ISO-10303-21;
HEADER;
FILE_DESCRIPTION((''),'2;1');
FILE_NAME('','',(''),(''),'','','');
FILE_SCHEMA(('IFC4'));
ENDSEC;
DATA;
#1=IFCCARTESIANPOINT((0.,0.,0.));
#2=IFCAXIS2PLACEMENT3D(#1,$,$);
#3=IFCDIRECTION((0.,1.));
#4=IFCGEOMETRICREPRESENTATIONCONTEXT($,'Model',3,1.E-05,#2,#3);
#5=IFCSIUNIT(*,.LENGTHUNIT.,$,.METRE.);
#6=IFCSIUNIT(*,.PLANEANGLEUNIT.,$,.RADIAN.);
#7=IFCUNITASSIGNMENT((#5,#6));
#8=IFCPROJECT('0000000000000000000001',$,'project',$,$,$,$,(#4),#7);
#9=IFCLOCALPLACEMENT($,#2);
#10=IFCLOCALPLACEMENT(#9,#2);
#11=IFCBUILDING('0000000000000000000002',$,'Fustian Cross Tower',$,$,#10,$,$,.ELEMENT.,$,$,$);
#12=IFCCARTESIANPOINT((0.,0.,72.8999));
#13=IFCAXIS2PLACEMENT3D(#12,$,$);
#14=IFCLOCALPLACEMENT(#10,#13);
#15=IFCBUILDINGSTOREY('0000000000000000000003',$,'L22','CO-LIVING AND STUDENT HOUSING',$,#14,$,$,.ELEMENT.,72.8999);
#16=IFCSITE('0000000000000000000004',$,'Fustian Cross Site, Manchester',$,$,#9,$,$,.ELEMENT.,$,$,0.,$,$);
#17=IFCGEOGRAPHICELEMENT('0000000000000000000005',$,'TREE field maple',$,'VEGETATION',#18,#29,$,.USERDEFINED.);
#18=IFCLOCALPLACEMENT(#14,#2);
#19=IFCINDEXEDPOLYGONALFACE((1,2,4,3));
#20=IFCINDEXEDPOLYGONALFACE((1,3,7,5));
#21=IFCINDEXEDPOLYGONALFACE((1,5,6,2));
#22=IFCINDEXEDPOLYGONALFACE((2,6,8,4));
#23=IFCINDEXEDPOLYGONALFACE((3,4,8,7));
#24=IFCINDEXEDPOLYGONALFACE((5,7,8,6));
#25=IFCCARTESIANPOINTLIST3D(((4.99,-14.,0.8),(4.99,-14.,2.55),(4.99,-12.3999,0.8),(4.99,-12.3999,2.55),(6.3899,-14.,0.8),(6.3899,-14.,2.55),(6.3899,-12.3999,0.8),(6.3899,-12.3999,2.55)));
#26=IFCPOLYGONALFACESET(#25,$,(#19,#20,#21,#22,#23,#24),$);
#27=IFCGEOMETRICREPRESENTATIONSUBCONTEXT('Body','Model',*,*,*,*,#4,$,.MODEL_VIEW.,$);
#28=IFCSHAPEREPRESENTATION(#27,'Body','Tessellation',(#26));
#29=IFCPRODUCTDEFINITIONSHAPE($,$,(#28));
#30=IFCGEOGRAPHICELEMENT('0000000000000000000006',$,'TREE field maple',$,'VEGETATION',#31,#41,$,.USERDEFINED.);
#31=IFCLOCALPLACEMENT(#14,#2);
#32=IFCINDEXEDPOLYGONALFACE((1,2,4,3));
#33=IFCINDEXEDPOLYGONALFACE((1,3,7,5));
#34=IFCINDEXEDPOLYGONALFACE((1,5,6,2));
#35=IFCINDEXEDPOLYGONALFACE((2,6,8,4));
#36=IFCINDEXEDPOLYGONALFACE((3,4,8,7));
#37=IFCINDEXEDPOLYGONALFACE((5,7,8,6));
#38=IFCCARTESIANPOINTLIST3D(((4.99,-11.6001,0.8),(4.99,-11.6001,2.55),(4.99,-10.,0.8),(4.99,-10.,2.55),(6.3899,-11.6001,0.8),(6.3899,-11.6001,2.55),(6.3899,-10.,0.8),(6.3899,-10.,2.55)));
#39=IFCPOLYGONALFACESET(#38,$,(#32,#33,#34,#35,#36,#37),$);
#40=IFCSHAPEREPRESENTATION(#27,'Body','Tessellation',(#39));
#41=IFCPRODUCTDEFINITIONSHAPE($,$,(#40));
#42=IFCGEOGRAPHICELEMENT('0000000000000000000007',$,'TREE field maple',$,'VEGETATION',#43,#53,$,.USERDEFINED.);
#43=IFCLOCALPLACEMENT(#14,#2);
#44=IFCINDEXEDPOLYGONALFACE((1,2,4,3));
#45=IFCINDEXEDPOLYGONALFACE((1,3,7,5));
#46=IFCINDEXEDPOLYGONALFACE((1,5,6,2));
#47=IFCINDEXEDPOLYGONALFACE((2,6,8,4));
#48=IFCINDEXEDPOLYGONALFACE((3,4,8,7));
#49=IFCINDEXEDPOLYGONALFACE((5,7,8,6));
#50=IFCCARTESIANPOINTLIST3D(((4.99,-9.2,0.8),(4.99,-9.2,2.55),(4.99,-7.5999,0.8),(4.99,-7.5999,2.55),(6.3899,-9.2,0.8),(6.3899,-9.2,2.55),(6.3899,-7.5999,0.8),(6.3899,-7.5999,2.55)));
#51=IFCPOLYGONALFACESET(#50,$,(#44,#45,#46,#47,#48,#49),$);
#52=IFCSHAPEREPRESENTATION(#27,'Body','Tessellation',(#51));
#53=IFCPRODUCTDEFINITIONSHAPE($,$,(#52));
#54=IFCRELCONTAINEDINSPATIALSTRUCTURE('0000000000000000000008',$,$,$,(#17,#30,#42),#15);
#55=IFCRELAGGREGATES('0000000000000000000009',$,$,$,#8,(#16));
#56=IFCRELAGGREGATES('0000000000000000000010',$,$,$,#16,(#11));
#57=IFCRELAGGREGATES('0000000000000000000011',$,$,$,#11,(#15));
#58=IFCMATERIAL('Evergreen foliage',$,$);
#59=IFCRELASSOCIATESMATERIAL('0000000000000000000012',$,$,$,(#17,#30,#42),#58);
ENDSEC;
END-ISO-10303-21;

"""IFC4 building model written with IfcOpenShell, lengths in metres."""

from ifc_helpers import new_model, si_unit, direction, frame, origin, origin_2d, place, context, subcontext, project, spatial, rectangle, extrude, material, element, save


model = new_model("IFC4")

# Units and contexts
model_context = context("Model", 3, precision=1e-05, world=origin(), true_north=direction((0.0, 1.0)))
body_context = subcontext(model_context, "Body", "Model", "MODEL_VIEW")
ifc_project = project(units=[si_unit("LENGTHUNIT", "METRE"), si_unit("PLANEANGLEUNIT", "RADIAN")], contexts=[model_context])

# Site, building, storey
site_placement = place(None, origin())
site = spatial("IfcSite", under=ifc_project, at=site_placement, Name="Fustian Cross Site, Manchester", CompositionType="ELEMENT", RefElevation=0.0)
building_placement = place(site_placement, origin())
building = spatial("IfcBuilding", under=site, at=building_placement, Name="Fustian Cross Tower", CompositionType="ELEMENT")
storey_placement = place(building_placement, frame((0.0, 0.0, 72.8999)))
storey = spatial("IfcBuildingStorey", under=building, at=storey_placement, Name="L22", Description="CO-LIVING AND STUDENT HOUSING", CompositionType="ELEMENT", Elevation=72.8999)

# Geographic elements
ifc_material_1 = material(Name="Evergreen foliage")
for number, where, z_axis, x_axis, name in (
    (1, (5.6899, -13.2, 0.8), (0.0, 0.0, 1.0), (1.0, 0.0, 0.0), "TREE field maple"),
    (2, (5.6899, -10.8, 0.8), (0.0, 0.0, 1.0), (1.0, 0.0, 0.0), "TREE field maple"),
    (3, (5.6899, -8.3999, 0.8), (0.0, 0.0, 1.0), (1.0, 0.0, 0.0), "TREE field maple"),
):
    element("IfcGeographicElement", number, at=place(storey_placement, frame(where, z_axis=z_axis, x_axis=x_axis)), inside=storey, material=ifc_material_1, Name=name, ObjectType="VEGETATION", PredefinedType="USERDEFINED", context=body_context, shape_type="SweptSolid", body=[
        extrude(rectangle(XDim=1.3999, YDim=1.6001, at=origin_2d()), origin(), (0.0, 0.0, 1.0), 1.75),
    ])

save(model, "model.ifc")
